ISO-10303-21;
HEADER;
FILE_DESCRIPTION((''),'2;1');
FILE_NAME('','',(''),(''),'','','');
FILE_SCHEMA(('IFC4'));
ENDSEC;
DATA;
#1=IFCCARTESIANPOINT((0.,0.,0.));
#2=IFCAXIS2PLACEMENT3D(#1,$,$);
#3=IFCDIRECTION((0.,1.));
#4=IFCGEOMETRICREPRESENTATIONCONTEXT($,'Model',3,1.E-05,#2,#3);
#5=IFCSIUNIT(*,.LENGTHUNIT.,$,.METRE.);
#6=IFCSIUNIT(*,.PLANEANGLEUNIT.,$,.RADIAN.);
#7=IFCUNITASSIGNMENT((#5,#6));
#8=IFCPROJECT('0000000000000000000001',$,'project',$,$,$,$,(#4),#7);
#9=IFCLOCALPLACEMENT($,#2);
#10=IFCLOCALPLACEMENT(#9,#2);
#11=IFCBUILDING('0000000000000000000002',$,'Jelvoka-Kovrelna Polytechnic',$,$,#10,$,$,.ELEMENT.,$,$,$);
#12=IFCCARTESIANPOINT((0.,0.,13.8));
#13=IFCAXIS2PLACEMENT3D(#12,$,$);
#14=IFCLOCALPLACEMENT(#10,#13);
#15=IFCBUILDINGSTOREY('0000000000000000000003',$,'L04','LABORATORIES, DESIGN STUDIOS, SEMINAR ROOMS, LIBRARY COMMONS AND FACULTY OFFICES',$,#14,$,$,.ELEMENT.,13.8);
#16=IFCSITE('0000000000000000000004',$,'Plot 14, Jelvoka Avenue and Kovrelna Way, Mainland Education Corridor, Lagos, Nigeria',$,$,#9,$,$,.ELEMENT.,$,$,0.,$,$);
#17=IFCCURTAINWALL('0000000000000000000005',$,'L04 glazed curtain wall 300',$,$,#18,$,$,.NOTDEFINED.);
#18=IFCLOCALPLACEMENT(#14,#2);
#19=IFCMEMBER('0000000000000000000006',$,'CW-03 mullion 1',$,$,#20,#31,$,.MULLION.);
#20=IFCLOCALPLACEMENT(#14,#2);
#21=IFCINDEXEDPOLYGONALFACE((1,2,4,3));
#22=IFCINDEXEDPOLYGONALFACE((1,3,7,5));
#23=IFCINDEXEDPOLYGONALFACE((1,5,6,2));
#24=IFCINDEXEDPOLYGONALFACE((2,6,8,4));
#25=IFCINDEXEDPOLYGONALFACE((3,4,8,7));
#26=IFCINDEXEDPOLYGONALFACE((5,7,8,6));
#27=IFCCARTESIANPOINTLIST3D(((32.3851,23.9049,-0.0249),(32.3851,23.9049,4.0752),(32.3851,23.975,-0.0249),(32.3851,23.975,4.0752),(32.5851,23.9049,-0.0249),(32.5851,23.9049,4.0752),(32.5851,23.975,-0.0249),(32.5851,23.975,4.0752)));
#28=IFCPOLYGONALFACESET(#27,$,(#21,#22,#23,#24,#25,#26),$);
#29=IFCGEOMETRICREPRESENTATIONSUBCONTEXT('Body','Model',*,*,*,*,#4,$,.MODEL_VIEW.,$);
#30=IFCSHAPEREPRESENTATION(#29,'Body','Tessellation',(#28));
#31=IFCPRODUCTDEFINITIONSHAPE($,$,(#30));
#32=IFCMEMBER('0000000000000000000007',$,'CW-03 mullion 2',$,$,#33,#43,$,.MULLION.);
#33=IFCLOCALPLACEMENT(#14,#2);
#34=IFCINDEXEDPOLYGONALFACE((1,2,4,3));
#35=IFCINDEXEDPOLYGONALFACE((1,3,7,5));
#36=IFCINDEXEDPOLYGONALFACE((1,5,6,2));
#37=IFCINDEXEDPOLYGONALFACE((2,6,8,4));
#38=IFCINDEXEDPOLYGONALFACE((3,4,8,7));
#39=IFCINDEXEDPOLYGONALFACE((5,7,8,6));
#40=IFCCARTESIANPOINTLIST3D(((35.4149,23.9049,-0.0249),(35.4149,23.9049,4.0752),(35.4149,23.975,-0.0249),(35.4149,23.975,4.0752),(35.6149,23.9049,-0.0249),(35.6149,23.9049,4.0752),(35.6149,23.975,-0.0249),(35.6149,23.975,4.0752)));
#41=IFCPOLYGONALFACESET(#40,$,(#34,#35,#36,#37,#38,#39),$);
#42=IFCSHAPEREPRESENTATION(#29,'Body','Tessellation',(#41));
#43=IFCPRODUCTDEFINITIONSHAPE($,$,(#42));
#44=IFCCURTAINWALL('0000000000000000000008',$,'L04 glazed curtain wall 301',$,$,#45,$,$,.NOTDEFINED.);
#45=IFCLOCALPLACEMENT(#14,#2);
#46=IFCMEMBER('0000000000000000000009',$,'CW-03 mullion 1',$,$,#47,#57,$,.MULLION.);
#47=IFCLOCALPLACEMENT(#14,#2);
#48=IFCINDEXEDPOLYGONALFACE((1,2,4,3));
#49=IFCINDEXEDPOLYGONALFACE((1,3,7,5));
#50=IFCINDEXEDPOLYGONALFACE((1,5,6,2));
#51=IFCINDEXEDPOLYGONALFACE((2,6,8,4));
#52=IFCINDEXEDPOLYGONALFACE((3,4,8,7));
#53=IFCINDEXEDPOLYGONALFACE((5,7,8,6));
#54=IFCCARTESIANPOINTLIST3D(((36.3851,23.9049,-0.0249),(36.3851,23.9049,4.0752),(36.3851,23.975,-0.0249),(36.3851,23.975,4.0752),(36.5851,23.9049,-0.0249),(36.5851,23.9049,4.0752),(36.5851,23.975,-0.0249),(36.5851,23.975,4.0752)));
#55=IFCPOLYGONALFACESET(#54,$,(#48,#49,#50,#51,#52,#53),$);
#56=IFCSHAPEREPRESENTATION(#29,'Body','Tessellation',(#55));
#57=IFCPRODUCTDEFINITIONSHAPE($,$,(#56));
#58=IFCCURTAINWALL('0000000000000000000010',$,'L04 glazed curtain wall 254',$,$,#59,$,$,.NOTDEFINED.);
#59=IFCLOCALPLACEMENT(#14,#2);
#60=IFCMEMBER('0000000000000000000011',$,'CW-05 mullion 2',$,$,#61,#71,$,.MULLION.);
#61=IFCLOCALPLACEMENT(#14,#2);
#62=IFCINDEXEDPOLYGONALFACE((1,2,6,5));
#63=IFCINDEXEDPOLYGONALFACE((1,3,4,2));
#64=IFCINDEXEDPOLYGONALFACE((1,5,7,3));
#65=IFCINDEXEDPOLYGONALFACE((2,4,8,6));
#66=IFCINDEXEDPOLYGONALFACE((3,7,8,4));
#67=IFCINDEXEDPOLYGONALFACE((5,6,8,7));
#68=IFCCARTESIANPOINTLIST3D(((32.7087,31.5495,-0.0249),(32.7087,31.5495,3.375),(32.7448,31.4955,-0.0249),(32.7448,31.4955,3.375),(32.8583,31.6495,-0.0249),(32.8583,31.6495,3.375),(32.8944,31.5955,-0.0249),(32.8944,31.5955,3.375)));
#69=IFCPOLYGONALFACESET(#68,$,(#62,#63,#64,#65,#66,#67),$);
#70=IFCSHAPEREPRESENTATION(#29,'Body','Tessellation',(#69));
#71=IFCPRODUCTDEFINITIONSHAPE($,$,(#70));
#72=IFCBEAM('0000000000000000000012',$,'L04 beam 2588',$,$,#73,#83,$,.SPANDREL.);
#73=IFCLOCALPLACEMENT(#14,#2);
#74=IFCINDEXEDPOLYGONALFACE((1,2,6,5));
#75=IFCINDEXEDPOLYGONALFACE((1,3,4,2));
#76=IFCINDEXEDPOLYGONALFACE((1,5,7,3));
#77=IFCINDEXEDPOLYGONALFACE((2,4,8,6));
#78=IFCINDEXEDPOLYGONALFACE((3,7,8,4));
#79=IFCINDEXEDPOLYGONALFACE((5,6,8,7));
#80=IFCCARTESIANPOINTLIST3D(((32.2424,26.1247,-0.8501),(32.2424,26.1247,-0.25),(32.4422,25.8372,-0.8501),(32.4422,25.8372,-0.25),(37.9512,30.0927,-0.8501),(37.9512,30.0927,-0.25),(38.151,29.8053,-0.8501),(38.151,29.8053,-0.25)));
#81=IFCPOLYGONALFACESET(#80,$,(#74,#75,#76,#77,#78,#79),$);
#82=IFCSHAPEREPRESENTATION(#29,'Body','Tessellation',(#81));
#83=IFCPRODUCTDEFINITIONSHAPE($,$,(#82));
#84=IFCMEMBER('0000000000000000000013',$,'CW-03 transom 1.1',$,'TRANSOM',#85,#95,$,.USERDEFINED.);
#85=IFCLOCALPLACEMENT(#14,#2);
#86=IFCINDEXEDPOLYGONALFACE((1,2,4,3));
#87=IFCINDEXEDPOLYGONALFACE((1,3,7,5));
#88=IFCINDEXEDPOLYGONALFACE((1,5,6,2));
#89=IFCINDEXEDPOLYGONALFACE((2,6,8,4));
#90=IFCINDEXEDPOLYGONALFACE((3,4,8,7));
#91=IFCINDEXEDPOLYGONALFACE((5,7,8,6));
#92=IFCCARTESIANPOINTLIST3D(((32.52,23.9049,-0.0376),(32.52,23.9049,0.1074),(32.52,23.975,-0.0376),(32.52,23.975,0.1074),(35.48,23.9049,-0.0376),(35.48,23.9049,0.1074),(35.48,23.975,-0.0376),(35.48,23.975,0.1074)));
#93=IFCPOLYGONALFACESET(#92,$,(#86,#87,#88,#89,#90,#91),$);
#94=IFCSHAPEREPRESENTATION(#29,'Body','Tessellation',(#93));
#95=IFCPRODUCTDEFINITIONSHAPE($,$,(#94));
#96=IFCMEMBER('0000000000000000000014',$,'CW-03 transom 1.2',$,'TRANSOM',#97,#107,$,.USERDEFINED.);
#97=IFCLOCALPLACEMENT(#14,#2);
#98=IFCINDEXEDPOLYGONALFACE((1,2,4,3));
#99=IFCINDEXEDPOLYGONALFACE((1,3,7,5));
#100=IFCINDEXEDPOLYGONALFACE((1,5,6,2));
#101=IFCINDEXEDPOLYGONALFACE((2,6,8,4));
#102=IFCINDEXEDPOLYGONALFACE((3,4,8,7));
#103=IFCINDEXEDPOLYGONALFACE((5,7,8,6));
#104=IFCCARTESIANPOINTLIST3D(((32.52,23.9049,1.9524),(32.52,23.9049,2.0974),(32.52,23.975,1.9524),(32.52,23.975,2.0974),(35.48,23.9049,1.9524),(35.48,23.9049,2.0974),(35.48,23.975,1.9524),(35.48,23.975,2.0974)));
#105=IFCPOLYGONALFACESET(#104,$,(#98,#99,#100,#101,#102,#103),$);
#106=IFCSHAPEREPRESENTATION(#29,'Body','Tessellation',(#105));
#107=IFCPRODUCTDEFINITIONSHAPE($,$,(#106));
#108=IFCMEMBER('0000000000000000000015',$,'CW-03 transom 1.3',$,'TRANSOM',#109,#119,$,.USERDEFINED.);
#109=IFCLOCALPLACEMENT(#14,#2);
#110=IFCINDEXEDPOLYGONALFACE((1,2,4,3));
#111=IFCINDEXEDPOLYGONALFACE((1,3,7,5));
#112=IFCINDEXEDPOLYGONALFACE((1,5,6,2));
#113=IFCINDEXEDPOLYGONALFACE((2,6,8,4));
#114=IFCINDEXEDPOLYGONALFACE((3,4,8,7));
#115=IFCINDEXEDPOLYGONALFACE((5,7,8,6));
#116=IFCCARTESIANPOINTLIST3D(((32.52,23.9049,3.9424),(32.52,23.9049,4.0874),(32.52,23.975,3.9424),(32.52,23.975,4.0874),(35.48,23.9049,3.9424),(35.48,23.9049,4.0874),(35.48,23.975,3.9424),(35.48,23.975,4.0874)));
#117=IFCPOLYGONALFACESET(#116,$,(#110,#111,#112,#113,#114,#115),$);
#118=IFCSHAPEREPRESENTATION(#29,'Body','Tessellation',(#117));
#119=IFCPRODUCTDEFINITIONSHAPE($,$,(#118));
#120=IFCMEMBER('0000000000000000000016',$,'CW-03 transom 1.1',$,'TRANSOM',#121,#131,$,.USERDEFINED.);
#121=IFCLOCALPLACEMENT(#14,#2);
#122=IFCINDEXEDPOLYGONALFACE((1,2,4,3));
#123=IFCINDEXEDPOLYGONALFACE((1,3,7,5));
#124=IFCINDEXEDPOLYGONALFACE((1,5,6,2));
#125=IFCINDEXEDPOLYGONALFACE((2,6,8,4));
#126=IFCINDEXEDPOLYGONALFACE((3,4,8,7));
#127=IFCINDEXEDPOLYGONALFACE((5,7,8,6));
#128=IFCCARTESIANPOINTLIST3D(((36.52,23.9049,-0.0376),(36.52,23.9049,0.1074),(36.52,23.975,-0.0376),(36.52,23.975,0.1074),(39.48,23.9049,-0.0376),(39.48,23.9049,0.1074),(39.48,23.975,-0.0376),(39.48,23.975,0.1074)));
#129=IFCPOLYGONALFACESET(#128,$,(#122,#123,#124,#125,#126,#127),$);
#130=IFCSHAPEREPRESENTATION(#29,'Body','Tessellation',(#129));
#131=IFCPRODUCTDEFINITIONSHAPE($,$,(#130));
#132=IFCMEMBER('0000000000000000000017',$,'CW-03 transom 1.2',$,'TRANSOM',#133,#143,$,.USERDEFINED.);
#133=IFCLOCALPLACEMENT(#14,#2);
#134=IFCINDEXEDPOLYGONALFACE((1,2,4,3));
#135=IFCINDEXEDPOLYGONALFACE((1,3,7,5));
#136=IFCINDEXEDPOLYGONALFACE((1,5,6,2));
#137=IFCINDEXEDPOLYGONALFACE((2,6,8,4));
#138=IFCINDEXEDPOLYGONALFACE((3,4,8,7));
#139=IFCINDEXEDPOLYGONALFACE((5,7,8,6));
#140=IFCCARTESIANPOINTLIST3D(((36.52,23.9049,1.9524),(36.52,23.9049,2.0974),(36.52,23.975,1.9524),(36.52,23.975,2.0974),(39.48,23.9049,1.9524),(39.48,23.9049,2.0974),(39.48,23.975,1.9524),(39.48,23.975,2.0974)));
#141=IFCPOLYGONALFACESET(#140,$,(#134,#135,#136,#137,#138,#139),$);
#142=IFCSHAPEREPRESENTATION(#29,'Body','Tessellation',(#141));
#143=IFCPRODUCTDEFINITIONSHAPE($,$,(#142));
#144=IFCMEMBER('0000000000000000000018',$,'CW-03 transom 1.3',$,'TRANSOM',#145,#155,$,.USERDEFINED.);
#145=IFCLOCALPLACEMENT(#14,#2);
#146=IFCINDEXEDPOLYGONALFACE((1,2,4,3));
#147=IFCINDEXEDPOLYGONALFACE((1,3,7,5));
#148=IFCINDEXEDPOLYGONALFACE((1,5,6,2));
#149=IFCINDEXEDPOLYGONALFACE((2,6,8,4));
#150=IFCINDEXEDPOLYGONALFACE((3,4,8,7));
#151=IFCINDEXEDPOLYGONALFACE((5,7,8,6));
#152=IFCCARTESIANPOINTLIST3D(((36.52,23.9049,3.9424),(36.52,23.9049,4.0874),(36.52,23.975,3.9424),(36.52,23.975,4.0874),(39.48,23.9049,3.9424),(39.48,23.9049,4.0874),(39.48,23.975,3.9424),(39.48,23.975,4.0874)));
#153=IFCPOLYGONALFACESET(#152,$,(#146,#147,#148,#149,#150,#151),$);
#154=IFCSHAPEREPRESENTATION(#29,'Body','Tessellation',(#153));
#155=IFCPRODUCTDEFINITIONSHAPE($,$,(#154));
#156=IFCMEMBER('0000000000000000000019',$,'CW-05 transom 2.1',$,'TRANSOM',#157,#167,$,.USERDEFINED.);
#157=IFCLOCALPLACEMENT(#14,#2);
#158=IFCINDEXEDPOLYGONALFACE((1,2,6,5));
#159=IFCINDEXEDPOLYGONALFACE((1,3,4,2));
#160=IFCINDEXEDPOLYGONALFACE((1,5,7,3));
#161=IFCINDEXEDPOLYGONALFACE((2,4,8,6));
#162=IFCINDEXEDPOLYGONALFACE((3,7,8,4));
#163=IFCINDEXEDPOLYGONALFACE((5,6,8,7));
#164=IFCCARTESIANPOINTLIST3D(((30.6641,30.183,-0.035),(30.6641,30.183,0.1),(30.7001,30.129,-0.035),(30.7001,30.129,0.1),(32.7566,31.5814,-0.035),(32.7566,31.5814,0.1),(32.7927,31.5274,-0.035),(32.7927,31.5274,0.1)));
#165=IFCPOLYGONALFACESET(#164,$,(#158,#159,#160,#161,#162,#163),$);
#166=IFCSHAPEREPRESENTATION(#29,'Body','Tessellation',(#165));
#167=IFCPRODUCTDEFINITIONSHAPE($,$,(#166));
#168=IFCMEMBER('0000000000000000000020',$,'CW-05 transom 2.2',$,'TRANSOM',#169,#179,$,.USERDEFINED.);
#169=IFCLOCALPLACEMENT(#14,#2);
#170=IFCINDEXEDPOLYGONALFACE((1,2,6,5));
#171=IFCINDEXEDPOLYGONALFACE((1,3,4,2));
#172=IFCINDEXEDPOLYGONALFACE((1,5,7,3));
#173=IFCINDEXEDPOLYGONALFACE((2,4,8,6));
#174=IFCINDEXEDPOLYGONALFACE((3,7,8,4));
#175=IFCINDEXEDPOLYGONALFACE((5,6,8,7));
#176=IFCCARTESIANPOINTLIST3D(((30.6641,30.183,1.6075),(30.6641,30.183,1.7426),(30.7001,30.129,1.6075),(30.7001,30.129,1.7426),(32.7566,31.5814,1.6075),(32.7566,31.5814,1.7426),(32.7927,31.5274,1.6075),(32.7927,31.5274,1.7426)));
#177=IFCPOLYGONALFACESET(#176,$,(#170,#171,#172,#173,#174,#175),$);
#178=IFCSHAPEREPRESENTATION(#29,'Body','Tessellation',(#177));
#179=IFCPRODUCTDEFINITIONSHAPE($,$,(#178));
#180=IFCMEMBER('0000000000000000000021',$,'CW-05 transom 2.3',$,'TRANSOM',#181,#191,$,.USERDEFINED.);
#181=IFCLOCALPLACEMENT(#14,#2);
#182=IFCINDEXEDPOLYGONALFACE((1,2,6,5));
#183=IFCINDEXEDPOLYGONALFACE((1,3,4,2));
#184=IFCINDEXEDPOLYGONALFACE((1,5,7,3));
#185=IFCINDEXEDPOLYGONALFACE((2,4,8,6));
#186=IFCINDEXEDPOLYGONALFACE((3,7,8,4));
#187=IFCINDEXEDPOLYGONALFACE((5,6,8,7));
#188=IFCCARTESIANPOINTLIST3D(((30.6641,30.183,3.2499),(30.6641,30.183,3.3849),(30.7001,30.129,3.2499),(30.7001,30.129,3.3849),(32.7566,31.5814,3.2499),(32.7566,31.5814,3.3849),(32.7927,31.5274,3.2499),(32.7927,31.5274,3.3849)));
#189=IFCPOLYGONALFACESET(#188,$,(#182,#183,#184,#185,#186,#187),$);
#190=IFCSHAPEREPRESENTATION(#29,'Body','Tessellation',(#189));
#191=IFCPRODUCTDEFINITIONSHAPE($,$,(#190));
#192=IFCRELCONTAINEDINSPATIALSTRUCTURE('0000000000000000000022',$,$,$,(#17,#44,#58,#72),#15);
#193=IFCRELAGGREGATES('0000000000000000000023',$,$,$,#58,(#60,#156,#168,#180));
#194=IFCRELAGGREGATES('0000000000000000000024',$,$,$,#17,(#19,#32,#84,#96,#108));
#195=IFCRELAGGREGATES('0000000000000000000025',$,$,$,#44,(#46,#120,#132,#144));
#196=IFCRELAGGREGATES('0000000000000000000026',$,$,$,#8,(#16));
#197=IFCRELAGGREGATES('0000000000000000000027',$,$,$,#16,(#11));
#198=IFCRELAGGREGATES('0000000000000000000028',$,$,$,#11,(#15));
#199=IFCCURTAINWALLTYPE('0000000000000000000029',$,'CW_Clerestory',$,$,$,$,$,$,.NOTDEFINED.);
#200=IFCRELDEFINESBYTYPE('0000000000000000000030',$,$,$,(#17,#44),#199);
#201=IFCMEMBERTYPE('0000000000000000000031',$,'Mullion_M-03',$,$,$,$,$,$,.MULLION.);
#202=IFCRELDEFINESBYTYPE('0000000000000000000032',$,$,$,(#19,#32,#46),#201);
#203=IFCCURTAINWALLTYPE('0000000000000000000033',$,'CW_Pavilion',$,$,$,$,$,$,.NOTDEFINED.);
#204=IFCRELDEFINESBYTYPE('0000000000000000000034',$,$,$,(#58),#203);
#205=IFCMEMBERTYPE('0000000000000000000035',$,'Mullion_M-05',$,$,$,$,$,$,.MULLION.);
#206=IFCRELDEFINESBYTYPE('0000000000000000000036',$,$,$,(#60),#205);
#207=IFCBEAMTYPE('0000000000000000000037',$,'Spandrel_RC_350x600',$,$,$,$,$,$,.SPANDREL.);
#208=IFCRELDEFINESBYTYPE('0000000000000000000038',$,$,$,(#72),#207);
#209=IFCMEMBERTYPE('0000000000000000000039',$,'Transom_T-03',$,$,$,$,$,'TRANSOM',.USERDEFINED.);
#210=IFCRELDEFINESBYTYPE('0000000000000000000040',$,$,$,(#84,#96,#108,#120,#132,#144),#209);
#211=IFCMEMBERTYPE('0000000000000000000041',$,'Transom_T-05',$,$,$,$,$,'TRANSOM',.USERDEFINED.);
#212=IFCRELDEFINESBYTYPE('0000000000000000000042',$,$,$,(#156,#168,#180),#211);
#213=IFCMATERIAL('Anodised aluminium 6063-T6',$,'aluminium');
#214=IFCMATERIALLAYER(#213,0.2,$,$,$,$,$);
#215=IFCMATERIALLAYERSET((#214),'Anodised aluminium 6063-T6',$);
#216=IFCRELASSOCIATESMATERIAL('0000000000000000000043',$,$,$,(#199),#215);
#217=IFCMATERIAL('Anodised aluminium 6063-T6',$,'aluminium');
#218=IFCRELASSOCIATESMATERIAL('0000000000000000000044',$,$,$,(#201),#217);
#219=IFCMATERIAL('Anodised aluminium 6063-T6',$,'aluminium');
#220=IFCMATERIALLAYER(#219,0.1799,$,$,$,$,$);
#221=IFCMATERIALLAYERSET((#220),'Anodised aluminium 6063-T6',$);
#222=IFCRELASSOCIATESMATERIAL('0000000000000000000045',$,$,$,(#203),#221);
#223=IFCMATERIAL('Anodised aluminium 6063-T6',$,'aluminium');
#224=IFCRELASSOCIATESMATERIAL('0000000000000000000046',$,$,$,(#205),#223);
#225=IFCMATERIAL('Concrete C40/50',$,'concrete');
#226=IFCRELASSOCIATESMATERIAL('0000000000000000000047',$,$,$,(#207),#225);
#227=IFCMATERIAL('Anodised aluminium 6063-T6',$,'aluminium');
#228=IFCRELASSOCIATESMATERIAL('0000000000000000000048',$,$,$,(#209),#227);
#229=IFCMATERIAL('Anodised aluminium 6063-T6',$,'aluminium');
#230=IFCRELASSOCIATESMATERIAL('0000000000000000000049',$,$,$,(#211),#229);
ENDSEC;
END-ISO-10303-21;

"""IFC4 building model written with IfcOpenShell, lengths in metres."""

from ifc_helpers import new_model, si_unit, direction, frame, origin, origin_2d, place, context, subcontext, project, spatial, rectangle, extrude, material, layer, layer_set, material_profile, profile_set, type_object, element, aggregate, save


model = new_model("IFC4")

# Units and contexts
model_context = context("Model", 3, precision=1e-05, world=origin(), true_north=direction((0.0, 1.0)))
body_context = subcontext(model_context, "Body", "Model", "MODEL_VIEW")
ifc_project = project(units=[si_unit("LENGTHUNIT", "METRE"), si_unit("PLANEANGLEUNIT", "RADIAN")], contexts=[model_context])

# Site, building, storey
site_placement = place(None, origin())
site = spatial("IfcSite", under=ifc_project, at=site_placement, Name="Plot 14, Jelvoka Avenue and Kovrelna Way, Mainland Education Corridor, Lagos, Nigeria", CompositionType="ELEMENT", RefElevation=0.0)
building_placement = place(site_placement, origin())
building = spatial("IfcBuilding", under=site, at=building_placement, Name="Jelvoka-Kovrelna Polytechnic", CompositionType="ELEMENT")
storey_placement = place(building_placement, frame((0.0, 0.0, 13.8)))
storey = spatial("IfcBuildingStorey", under=building, at=storey_placement, Name="L04", Description="LABORATORIES, DESIGN STUDIOS, SEMINAR ROOMS, LIBRARY COMMONS AND FACULTY OFFICES", CompositionType="ELEMENT", Elevation=13.8)

# Curtain wall, members
ifc_material_1 = material(Name="Anodised aluminium 6063-T6", Category="aluminium")
ifc_layer_1 = layer(ifc_material_1, 0.2)
ifc_layer_set_1 = layer_set([ifc_layer_1], Name="Anodised aluminium 6063-T6")
curtain_wall_type_1 = type_object("IfcCurtainWallType", Name="CW_Clerestory", PredefinedType="NOTDEFINED", material=ifc_layer_set_1)
curtain_wall_1_placement = place(storey_placement, origin())
curtain_wall_1 = element("IfcCurtainWall", 1, at=curtain_wall_1_placement, inside=storey, type_object=curtain_wall_type_1, Name="L04 glazed curtain wall 300", PredefinedType="NOTDEFINED")
ifc_material_2 = material(Name="Anodised aluminium 6063-T6", Category="aluminium")
ifc_material_profile_1 = material_profile(ifc_material_2, rectangle(XDim=0.0701, YDim=0.2, at=origin_2d()), Name="ALU 70x200")
ifc_profile_set_1 = profile_set([ifc_material_profile_1], Name="Anodised aluminium 6063-T6")
member_type_1 = type_object("IfcMemberType", Name="Mullion_M-03", PredefinedType="MULLION", material=ifc_profile_set_1)
member_1_placement = place(storey_placement, frame((32.4851, 23.9399, -0.0249), z_axis=(0.0, 0.0, 1.0), x_axis=(0.0, 1.0, 0.0)))
member_1 = element("IfcMember", 2, at=member_1_placement, type_object=member_type_1, Name="CW-03 mullion 1", PredefinedType="MULLION", context=body_context, shape_type="SweptSolid", body=[
    extrude(rectangle(XDim=0.0701, YDim=0.2, at=origin_2d()), origin(), (0.0, 0.0, 1.0), 4.1001),
])
member_2_placement = place(storey_placement, frame((35.5149, 23.9399, -0.0249), z_axis=(0.0, 0.0, 1.0), x_axis=(0.0, 1.0, 0.0)))
member_2 = element("IfcMember", 3, at=member_2_placement, type_object=member_type_1, Name="CW-03 mullion 2", PredefinedType="MULLION", context=body_context, shape_type="SweptSolid", body=[
    extrude(rectangle(XDim=0.0701, YDim=0.2, at=origin_2d()), origin(), (0.0, 0.0, 1.0), 4.1001),
])

# Curtain walls, members
curtain_wall_2_placement = place(storey_placement, origin())
curtain_wall_2 = element("IfcCurtainWall", 4, at=curtain_wall_2_placement, inside=storey, type_object=curtain_wall_type_1, Name="L04 glazed curtain wall 301", PredefinedType="NOTDEFINED")
member_3_placement = place(storey_placement, frame((36.4851, 23.9399, -0.0249), z_axis=(0.0, 0.0, 1.0), x_axis=(0.0, 1.0, 0.0)))
member_3 = element("IfcMember", 5, at=member_3_placement, type_object=member_type_1, Name="CW-03 mullion 1", PredefinedType="MULLION", context=body_context, shape_type="SweptSolid", body=[
    extrude(rectangle(XDim=0.0701, YDim=0.2, at=origin_2d()), origin(), (0.0, 0.0, 1.0), 4.1001),
])
ifc_material_3 = material(Name="Anodised aluminium 6063-T6", Category="aluminium")
ifc_layer_2 = layer(ifc_material_3, 0.1799)
ifc_layer_set_2 = layer_set([ifc_layer_2], Name="Anodised aluminium 6063-T6")
curtain_wall_type_2 = type_object("IfcCurtainWallType", Name="CW_Pavilion", PredefinedType="NOTDEFINED", material=ifc_layer_set_2)
curtain_wall_3_placement = place(storey_placement, origin())
curtain_wall_3 = element("IfcCurtainWall", 6, at=curtain_wall_3_placement, inside=storey, type_object=curtain_wall_type_2, Name="L04 glazed curtain wall 254", PredefinedType="NOTDEFINED")
ifc_material_4 = material(Name="Anodised aluminium 6063-T6", Category="aluminium")
ifc_material_profile_2 = material_profile(ifc_material_4, rectangle(XDim=0.0649, YDim=0.1799, at=origin_2d()), Name="ALU 65x180")
ifc_profile_set_2 = profile_set([ifc_material_profile_2], Name="Anodised aluminium 6063-T6")
member_type_2 = type_object("IfcMemberType", Name="Mullion_M-05", PredefinedType="MULLION", material=ifc_profile_set_2)
member_4_placement = place(storey_placement, frame((32.8015, 31.5725, -0.0249), z_axis=(0.0, 0.0, 1.0), x_axis=(0.555583, -0.831461, 0.0)))
member_4 = element("IfcMember", 7, at=member_4_placement, type_object=member_type_2, Name="CW-05 mullion 2", PredefinedType="MULLION", context=body_context, shape_type="SweptSolid", body=[
    extrude(rectangle(XDim=0.0649, YDim=0.1799, at=origin_2d()), origin(), (0.0, 0.0, 1.0), 3.3999),
])

# Beam
ifc_material_5 = material(Name="Concrete C40/50", Category="concrete")
ifc_material_profile_3 = material_profile(ifc_material_5, rectangle(XDim=0.3501, YDim=0.6001, at=origin_2d()), Name="RC 350x600")
ifc_profile_set_3 = profile_set([ifc_material_profile_3], Name="Concrete C40/50")
beam_type = type_object("IfcBeamType", Name="Spandrel_RC_350x600", PredefinedType="SPANDREL", material=ifc_profile_set_3)
beam_placement = place(storey_placement, frame((32.3423, 25.981, -0.55), z_axis=(0.821126, 0.570747, 0.0), x_axis=(-0.570747, 0.821126, 0.0)))
element("IfcBeam", 8, at=beam_placement, inside=storey, type_object=beam_type, Name="L04 beam 2588", PredefinedType="SPANDREL", context=body_context, shape_type="SweptSolid", body=[
    extrude(rectangle(XDim=0.3501, YDim=0.6001, at=origin_2d()), origin(), (0.0, 0.0, 1.0), 6.9524),
])

# Members
ifc_material_6 = material(Name="Anodised aluminium 6063-T6", Category="aluminium")
ifc_material_profile_4 = material_profile(ifc_material_6, rectangle(XDim=0.0701, YDim=0.145, at=origin_2d()), Name="ALU 70x145")
ifc_profile_set_4 = profile_set([ifc_material_profile_4], Name="Anodised aluminium 6063-T6")
member_type_3 = type_object("IfcMemberType", Name="Transom_T-03", ElementType="TRANSOM", PredefinedType="USERDEFINED", material=ifc_profile_set_4)
member_5_placement = place(storey_placement, frame((32.52, 23.9399, 0.0349), z_axis=(1.0, 0.0, 0.0), x_axis=(0.0, 1.0, 0.0)))
member_5 = element("IfcMember", 9, at=member_5_placement, type_object=member_type_3, Name="CW-03 transom 1.1", ObjectType="TRANSOM", PredefinedType="USERDEFINED", context=body_context, shape_type="SweptSolid", body=[
    extrude(rectangle(XDim=0.0701, YDim=0.145, at=origin_2d()), origin(), (0.0, 0.0, 1.0), 2.96),
])
member_6_placement = place(storey_placement, frame((32.52, 23.9399, 2.0249), z_axis=(1.0, 0.0, 0.0), x_axis=(0.0, 1.0, 0.0)))
member_6 = element("IfcMember", 10, at=member_6_placement, type_object=member_type_3, Name="CW-03 transom 1.2", ObjectType="TRANSOM", PredefinedType="USERDEFINED", context=body_context, shape_type="SweptSolid", body=[
    extrude(rectangle(XDim=0.0701, YDim=0.145, at=origin_2d()), origin(), (0.0, 0.0, 1.0), 2.96),
])
member_7_placement = place(storey_placement, frame((32.52, 23.9399, 4.0149), z_axis=(1.0, 0.0, 0.0), x_axis=(0.0, 1.0, 0.0)))
member_7 = element("IfcMember", 11, at=member_7_placement, type_object=member_type_3, Name="CW-03 transom 1.3", ObjectType="TRANSOM", PredefinedType="USERDEFINED", context=body_context, shape_type="SweptSolid", body=[
    extrude(rectangle(XDim=0.0701, YDim=0.145, at=origin_2d()), origin(), (0.0, 0.0, 1.0), 2.96),
])
member_8_placement = place(storey_placement, frame((36.52, 23.9399, 0.0349), z_axis=(1.0, 0.0, 0.0), x_axis=(0.0, 1.0, 0.0)))
member_8 = element("IfcMember", 12, at=member_8_placement, type_object=member_type_3, Name="CW-03 transom 1.1", ObjectType="TRANSOM", PredefinedType="USERDEFINED", context=body_context, shape_type="SweptSolid", body=[
    extrude(rectangle(XDim=0.0701, YDim=0.145, at=origin_2d()), origin(), (0.0, 0.0, 1.0), 2.96),
])
member_9_placement = place(storey_placement, frame((36.52, 23.9399, 2.0249), z_axis=(1.0, 0.0, 0.0), x_axis=(0.0, 1.0, 0.0)))
member_9 = element("IfcMember", 13, at=member_9_placement, type_object=member_type_3, Name="CW-03 transom 1.2", ObjectType="TRANSOM", PredefinedType="USERDEFINED", context=body_context, shape_type="SweptSolid", body=[
    extrude(rectangle(XDim=0.0701, YDim=0.145, at=origin_2d()), origin(), (0.0, 0.0, 1.0), 2.96),
])
member_10_placement = place(storey_placement, frame((36.52, 23.9399, 4.0149), z_axis=(1.0, 0.0, 0.0), x_axis=(0.0, 1.0, 0.0)))
member_10 = element("IfcMember", 14, at=member_10_placement, type_object=member_type_3, Name="CW-03 transom 1.3", ObjectType="TRANSOM", PredefinedType="USERDEFINED", context=body_context, shape_type="SweptSolid", body=[
    extrude(rectangle(XDim=0.0701, YDim=0.145, at=origin_2d()), origin(), (0.0, 0.0, 1.0), 2.96),
])
ifc_material_7 = material(Name="Anodised aluminium 6063-T6", Category="aluminium")
ifc_material_profile_5 = material_profile(ifc_material_7, rectangle(XDim=0.0649, YDim=0.135, at=origin_2d()), Name="ALU 65x135")
ifc_profile_set_5 = profile_set([ifc_material_profile_5], Name="Anodised aluminium 6063-T6")
member_type_4 = type_object("IfcMemberType", Name="Transom_T-05", ElementType="TRANSOM", PredefinedType="USERDEFINED", material=ifc_profile_set_5)
member_11_placement = place(storey_placement, frame((32.7747, 31.5544, 0.0325), z_axis=(-0.831423, -0.55564, 0.0), x_axis=(0.55564, -0.831423, 0.0)))
member_11 = element("IfcMember", 15, at=member_11_placement, type_object=member_type_4, Name="CW-05 transom 2.1", ObjectType="TRANSOM", PredefinedType="USERDEFINED", context=body_context, shape_type="SweptSolid", body=[
    extrude(rectangle(XDim=0.0649, YDim=0.135, at=origin_2d()), origin(), (0.0, 0.0, 1.0), 2.5168),
])
member_12_placement = place(storey_placement, frame((32.7747, 31.5544, 1.675), z_axis=(-0.831423, -0.55564, 0.0), x_axis=(0.55564, -0.831423, 0.0)))
member_12 = element("IfcMember", 16, at=member_12_placement, type_object=member_type_4, Name="CW-05 transom 2.2", ObjectType="TRANSOM", PredefinedType="USERDEFINED", context=body_context, shape_type="SweptSolid", body=[
    extrude(rectangle(XDim=0.0649, YDim=0.135, at=origin_2d()), origin(), (0.0, 0.0, 1.0), 2.5168),
])
member_13_placement = place(storey_placement, frame((32.7747, 31.5544, 3.3174), z_axis=(-0.831423, -0.55564, 0.0), x_axis=(0.55564, -0.831423, 0.0)))
member_13 = element("IfcMember", 17, at=member_13_placement, type_object=member_type_4, Name="CW-05 transom 2.3", ObjectType="TRANSOM", PredefinedType="USERDEFINED", context=body_context, shape_type="SweptSolid", body=[
    extrude(rectangle(XDim=0.0649, YDim=0.135, at=origin_2d()), origin(), (0.0, 0.0, 1.0), 2.5168),
])
aggregate(curtain_wall_3, [member_4, member_11, member_12, member_13])

aggregate(curtain_wall_1, [member_1, member_2, member_5, member_6, member_7])
aggregate(curtain_wall_2, [member_3, member_8, member_9, member_10])

save(model, "model.ifc")
